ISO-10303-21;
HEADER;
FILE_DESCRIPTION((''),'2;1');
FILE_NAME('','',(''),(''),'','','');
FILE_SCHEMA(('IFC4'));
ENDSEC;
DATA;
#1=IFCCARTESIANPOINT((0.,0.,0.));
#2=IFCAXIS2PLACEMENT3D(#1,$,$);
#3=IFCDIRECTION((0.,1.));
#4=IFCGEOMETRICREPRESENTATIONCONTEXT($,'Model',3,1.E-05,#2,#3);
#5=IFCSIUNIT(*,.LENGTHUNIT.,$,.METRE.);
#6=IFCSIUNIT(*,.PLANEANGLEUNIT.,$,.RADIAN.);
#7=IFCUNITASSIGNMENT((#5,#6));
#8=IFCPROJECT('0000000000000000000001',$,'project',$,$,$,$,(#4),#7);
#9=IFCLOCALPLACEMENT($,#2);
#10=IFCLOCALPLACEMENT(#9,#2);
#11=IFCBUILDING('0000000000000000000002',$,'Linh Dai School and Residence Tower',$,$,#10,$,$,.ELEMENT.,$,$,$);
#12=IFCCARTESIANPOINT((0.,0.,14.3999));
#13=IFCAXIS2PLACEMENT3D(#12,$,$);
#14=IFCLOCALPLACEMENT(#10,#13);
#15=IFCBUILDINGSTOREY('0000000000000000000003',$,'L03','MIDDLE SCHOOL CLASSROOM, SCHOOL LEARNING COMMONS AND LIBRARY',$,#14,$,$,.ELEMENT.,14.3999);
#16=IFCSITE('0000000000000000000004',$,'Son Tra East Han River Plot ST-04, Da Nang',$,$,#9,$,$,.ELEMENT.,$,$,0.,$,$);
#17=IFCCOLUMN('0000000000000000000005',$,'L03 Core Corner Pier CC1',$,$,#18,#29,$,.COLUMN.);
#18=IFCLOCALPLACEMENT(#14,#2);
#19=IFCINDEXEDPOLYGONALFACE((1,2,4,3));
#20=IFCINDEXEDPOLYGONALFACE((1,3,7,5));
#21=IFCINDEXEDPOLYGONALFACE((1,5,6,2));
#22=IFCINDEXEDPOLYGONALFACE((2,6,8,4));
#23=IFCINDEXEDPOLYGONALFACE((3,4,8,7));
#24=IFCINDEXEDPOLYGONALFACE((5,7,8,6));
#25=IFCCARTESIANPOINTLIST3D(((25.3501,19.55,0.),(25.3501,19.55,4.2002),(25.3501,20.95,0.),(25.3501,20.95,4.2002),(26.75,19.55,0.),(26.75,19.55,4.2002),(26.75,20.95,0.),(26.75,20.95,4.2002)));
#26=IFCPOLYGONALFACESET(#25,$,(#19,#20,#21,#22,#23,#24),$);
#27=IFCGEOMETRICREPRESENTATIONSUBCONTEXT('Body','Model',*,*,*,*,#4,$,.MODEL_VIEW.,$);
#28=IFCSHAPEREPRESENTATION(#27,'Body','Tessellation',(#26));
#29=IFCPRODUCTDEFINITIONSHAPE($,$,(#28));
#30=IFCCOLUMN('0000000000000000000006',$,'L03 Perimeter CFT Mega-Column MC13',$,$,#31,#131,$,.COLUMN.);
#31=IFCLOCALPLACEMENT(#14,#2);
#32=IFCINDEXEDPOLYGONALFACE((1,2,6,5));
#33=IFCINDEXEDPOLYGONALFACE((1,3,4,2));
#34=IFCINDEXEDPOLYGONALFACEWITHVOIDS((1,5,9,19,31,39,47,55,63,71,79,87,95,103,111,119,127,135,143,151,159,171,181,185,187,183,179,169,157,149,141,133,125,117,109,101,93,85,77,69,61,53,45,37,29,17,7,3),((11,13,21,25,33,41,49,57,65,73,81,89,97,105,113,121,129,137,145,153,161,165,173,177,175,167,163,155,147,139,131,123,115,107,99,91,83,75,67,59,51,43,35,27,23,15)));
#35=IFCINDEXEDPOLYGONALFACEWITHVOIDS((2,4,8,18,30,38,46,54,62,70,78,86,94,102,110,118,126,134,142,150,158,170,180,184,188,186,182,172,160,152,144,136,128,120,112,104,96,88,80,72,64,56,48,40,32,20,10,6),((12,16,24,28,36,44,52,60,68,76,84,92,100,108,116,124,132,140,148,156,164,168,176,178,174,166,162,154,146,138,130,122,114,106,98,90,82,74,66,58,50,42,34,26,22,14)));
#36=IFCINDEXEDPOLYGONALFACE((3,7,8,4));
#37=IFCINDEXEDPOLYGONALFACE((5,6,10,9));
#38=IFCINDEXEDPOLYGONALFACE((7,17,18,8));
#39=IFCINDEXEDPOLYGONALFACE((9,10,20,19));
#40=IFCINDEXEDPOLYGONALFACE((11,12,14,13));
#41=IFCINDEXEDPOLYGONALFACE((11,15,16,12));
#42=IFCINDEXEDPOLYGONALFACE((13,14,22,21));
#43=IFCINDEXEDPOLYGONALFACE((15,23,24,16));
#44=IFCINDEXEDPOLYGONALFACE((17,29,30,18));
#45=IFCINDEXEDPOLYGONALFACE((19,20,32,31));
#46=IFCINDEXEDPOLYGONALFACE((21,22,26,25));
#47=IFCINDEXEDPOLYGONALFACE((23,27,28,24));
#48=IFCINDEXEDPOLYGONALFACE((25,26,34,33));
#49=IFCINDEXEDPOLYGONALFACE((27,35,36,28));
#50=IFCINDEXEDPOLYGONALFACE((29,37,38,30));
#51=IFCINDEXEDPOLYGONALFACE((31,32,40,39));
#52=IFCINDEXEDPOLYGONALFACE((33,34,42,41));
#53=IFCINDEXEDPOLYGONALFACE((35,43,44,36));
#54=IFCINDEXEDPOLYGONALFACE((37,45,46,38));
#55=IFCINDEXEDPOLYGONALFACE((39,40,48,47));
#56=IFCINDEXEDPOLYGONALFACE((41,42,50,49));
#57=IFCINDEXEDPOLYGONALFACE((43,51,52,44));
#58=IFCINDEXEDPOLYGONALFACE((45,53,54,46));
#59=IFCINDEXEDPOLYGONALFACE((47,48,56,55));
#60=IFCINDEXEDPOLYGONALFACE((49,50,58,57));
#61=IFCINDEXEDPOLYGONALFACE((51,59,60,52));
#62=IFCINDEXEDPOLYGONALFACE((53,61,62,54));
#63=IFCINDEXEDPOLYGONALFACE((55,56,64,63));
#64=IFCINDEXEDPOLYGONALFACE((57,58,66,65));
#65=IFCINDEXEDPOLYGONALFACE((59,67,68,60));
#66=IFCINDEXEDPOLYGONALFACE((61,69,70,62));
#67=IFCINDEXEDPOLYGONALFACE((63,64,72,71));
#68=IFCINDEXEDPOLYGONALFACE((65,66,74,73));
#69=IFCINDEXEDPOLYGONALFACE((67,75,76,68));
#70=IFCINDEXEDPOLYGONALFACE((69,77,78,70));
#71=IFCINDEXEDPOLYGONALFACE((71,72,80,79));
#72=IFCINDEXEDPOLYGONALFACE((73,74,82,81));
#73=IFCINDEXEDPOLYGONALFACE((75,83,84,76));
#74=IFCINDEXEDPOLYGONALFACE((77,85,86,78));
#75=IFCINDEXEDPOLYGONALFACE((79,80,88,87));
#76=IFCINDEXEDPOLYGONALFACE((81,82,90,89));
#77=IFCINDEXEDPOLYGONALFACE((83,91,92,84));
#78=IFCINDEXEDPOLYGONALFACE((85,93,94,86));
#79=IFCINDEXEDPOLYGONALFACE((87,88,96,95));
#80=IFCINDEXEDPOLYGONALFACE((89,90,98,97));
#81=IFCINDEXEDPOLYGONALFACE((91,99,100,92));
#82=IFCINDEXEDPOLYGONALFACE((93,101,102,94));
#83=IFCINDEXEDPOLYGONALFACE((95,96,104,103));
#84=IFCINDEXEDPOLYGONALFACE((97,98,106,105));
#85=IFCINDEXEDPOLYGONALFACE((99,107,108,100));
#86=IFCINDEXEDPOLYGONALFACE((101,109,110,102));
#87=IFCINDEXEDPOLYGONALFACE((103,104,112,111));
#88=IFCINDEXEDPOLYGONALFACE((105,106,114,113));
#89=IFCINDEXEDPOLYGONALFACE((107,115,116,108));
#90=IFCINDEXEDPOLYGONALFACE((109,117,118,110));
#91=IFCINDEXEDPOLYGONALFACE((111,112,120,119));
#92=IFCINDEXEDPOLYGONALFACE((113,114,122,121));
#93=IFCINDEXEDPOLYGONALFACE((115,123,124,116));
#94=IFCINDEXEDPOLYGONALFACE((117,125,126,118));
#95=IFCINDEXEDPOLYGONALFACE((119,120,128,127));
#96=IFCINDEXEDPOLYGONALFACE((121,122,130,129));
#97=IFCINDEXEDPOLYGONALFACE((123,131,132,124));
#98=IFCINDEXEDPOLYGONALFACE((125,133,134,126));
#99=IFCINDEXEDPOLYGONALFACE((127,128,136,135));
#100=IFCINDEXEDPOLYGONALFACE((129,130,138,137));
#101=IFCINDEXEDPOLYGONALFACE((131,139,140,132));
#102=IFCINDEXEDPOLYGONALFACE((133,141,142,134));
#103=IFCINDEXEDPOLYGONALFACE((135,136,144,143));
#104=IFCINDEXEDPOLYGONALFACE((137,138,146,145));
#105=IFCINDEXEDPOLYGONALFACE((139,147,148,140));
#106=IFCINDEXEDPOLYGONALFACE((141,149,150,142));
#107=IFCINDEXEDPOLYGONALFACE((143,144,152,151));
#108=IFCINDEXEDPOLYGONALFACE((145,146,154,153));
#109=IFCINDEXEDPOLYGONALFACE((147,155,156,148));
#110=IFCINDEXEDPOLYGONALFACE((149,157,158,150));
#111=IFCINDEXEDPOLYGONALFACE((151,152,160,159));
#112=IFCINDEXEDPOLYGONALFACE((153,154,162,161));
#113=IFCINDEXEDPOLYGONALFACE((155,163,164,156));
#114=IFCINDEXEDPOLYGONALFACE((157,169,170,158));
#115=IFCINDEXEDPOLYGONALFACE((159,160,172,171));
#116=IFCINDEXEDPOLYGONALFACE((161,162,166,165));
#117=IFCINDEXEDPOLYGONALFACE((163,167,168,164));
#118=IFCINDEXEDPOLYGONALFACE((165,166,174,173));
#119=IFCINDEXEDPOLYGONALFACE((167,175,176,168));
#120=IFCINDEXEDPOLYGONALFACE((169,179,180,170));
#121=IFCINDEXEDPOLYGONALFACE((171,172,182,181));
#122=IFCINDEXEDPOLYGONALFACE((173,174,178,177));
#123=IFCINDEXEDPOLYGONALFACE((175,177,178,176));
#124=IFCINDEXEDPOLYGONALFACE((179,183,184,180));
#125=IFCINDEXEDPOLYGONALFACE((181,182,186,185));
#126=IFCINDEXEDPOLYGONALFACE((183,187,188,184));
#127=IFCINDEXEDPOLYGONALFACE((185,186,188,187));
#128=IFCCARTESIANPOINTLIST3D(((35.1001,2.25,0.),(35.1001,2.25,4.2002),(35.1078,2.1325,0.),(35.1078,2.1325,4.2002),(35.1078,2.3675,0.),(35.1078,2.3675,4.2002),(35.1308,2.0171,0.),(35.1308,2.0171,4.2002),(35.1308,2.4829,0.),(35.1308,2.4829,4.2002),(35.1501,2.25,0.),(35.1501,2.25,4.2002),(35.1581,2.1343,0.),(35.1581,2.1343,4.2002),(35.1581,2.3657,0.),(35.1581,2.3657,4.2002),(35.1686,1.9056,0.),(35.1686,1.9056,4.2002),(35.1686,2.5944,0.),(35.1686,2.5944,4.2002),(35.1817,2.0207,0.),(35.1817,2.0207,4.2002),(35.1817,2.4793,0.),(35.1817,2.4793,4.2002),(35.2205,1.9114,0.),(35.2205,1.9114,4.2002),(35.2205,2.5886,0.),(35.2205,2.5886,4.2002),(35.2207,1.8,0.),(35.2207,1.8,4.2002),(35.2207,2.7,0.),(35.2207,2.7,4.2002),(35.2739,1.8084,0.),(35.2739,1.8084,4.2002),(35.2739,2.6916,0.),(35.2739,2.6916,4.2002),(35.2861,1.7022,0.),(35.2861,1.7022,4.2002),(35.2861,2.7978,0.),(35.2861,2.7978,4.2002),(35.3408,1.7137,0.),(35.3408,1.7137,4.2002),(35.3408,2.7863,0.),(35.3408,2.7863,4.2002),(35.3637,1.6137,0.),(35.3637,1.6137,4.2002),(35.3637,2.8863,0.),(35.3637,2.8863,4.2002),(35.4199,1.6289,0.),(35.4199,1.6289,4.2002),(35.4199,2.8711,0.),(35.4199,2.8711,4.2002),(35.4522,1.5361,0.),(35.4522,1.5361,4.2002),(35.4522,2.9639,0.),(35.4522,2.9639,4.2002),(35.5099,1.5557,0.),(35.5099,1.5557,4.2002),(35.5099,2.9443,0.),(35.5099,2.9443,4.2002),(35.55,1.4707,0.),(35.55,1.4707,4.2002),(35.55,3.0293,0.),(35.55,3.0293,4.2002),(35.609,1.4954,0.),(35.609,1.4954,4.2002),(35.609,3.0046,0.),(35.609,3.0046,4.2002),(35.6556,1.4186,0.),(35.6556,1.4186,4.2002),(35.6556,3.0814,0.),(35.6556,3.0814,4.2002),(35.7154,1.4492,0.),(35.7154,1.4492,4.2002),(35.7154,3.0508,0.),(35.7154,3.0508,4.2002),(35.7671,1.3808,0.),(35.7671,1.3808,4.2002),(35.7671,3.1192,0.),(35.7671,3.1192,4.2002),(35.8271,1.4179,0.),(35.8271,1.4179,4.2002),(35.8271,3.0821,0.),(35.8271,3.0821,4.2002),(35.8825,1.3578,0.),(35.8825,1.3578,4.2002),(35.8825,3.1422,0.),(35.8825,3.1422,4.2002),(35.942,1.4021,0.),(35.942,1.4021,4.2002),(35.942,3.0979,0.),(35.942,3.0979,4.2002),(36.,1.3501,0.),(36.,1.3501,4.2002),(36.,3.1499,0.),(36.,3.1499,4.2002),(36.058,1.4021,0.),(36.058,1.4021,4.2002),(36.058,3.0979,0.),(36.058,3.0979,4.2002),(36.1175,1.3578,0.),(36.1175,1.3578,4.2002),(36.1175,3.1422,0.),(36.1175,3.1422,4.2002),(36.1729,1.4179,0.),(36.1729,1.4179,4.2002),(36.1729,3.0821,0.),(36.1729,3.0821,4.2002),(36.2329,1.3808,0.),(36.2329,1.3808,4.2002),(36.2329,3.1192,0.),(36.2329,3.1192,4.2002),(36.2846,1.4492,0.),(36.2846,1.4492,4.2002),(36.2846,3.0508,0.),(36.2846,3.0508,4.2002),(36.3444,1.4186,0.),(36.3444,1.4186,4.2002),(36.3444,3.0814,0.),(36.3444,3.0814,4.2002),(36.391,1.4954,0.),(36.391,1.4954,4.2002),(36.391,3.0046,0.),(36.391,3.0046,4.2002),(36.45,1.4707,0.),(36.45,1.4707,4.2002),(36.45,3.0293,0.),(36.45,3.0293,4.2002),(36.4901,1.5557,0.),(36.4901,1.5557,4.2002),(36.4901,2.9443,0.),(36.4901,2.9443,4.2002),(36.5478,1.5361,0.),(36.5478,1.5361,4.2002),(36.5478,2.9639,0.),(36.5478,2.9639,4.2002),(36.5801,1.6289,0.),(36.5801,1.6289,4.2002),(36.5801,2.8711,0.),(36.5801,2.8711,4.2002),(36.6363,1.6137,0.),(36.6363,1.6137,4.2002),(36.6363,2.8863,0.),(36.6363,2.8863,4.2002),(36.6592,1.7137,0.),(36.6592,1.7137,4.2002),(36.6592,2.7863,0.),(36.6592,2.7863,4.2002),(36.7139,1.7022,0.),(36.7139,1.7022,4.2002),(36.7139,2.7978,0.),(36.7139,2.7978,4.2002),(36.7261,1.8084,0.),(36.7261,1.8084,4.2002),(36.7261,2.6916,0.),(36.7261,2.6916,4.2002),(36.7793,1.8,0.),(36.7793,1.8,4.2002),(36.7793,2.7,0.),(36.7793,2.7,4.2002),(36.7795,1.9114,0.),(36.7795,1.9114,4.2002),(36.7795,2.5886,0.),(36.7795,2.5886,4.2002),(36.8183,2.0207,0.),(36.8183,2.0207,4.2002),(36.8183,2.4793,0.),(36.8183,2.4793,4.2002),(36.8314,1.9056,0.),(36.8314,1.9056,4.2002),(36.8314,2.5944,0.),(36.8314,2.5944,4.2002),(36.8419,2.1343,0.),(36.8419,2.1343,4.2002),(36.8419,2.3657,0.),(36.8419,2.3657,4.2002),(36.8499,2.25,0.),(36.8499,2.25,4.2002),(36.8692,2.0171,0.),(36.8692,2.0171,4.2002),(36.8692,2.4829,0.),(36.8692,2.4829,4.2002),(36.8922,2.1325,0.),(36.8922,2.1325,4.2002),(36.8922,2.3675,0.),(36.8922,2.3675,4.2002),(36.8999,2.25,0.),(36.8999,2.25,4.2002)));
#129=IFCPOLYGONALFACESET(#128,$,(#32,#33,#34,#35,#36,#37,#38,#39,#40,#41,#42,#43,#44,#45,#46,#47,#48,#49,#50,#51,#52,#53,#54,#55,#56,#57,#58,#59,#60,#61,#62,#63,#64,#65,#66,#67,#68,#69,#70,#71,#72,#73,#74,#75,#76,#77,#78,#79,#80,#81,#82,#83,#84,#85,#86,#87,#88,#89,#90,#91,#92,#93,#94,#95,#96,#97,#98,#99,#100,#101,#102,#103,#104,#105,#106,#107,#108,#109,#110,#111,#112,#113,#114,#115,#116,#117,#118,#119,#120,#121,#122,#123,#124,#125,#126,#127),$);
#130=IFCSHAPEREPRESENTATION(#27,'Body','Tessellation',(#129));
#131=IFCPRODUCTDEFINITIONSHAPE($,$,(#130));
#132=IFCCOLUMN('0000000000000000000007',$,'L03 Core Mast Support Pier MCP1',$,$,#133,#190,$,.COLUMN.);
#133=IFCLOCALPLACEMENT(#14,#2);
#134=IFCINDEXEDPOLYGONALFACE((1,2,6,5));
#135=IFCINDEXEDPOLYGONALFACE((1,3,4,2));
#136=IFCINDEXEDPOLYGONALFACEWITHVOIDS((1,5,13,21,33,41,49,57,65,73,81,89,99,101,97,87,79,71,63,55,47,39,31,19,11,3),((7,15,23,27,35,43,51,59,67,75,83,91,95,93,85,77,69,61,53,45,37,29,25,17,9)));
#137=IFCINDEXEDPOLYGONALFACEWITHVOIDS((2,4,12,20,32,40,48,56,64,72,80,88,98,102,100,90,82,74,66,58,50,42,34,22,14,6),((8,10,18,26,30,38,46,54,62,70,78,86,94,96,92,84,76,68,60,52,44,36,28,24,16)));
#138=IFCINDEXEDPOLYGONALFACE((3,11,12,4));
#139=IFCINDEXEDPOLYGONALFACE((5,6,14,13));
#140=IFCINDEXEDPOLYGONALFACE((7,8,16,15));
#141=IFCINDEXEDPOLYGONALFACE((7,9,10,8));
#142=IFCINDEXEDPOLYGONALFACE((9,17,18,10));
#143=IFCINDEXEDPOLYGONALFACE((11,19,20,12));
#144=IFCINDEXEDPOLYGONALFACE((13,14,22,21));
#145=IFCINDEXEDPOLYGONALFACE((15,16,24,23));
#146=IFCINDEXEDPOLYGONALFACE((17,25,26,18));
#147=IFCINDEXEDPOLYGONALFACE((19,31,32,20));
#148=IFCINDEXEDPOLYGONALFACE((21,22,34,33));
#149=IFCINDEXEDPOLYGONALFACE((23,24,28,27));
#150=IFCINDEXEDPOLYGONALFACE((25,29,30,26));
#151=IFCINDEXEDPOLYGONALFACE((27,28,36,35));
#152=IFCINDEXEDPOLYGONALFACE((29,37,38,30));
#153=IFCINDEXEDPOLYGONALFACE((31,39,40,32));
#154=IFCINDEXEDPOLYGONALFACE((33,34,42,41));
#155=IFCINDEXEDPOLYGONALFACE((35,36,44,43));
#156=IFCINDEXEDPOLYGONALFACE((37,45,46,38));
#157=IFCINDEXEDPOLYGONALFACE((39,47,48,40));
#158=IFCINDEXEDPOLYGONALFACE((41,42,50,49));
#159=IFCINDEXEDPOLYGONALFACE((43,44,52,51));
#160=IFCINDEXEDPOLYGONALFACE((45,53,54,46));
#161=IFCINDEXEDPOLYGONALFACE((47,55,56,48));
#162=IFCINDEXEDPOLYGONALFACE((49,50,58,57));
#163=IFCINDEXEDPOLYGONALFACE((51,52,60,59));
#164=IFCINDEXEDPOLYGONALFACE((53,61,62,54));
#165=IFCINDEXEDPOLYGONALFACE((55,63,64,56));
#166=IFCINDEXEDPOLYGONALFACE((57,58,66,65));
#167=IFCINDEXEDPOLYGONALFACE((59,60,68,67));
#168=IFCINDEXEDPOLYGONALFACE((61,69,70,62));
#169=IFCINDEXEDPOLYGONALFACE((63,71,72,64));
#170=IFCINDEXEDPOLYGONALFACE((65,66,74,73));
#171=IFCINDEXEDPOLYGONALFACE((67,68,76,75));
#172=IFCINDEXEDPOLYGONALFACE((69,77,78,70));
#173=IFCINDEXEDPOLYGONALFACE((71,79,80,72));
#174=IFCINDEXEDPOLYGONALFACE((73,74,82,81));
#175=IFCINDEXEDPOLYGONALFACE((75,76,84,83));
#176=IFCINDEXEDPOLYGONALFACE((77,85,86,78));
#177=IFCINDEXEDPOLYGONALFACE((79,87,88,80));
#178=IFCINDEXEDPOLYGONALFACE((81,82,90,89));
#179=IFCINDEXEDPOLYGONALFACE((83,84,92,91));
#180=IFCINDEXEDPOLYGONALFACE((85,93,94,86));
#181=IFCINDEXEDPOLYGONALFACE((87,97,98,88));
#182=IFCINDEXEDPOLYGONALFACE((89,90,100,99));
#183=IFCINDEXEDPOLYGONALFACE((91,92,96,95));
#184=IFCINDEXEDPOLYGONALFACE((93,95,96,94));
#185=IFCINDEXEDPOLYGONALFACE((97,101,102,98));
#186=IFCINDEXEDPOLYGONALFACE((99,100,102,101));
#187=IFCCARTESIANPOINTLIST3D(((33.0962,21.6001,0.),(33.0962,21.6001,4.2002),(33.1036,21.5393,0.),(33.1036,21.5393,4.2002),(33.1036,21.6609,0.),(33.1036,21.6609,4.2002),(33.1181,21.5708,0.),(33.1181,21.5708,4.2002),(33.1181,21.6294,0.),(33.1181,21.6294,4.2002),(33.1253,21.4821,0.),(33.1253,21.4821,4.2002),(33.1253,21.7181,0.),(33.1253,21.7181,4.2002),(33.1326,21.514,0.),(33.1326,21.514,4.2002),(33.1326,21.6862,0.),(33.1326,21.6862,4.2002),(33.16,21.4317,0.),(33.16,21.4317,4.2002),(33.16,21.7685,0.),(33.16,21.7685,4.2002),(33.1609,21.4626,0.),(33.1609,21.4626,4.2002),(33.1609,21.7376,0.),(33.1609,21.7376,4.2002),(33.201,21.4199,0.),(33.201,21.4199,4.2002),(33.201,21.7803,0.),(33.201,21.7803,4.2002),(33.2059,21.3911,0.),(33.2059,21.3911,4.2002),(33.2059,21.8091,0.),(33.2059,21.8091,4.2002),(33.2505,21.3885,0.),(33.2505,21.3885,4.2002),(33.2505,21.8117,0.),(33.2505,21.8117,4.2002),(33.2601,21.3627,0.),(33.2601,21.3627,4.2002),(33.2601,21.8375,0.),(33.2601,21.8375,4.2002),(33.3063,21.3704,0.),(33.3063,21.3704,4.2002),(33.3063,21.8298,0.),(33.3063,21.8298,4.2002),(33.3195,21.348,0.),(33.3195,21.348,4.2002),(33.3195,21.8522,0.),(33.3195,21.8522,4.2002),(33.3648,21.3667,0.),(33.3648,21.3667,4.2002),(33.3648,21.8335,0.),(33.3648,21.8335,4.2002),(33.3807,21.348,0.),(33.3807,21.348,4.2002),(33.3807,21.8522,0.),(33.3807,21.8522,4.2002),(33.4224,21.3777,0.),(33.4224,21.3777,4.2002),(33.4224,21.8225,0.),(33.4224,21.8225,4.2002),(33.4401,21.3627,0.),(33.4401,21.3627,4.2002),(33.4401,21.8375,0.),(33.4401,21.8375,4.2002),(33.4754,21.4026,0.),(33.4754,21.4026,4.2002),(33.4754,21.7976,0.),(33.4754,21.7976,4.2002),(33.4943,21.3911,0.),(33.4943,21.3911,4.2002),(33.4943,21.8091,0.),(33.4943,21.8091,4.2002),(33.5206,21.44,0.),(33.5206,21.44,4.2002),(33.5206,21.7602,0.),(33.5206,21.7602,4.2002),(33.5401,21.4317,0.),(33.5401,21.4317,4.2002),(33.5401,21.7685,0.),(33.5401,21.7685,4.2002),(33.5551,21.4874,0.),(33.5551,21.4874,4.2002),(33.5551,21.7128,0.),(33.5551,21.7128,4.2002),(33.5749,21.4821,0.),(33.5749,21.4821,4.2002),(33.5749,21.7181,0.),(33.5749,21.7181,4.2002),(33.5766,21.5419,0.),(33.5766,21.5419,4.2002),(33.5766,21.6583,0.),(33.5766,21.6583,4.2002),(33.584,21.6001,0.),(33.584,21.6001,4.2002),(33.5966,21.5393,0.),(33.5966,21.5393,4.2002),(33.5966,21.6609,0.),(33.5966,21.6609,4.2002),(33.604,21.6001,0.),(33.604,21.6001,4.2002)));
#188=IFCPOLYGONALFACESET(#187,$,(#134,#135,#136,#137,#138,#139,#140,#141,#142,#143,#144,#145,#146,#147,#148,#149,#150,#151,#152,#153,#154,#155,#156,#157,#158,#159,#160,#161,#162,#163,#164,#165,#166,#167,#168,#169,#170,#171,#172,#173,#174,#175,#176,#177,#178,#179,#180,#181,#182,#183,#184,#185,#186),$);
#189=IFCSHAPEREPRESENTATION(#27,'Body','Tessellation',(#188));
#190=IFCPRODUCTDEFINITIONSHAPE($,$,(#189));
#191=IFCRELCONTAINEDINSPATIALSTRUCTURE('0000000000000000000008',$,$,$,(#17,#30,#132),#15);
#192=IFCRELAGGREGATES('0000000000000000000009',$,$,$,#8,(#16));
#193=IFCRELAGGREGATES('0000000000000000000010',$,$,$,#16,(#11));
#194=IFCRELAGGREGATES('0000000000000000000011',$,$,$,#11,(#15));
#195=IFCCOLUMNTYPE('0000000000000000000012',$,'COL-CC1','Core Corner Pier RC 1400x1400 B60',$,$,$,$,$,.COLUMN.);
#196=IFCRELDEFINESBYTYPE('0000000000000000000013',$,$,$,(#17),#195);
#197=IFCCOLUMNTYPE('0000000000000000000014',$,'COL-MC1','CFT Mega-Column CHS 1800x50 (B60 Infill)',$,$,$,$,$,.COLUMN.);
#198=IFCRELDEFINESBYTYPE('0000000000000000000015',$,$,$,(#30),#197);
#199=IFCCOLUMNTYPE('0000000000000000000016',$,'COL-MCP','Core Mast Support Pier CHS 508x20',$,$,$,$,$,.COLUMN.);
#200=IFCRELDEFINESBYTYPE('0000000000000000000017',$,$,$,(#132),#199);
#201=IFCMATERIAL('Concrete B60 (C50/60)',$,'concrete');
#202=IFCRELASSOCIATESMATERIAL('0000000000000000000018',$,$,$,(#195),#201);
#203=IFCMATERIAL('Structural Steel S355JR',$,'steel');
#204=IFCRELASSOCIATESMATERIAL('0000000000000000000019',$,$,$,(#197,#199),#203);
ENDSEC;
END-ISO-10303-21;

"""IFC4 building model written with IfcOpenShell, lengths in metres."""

from ifc_helpers import new_model, si_unit, direction, frame, origin, origin_2d, place, context, subcontext, project, spatial, rectangle, hollow_circle, extrude, material, material_profile, profile_set, type_object, element, save


model = new_model("IFC4")

# Units and contexts
model_context = context("Model", 3, precision=1e-05, world=origin(), true_north=direction((0.0, 1.0)))
body_context = subcontext(model_context, "Body", "Model", "MODEL_VIEW")
ifc_project = project(units=[si_unit("LENGTHUNIT", "METRE"), si_unit("PLANEANGLEUNIT", "RADIAN")], contexts=[model_context])

# Site, building, storey
site_placement = place(None, origin())
site = spatial("IfcSite", under=ifc_project, at=site_placement, Name="Son Tra East Han River Plot ST-04, Da Nang", CompositionType="ELEMENT", RefElevation=0.0)
building_placement = place(site_placement, origin())
building = spatial("IfcBuilding", under=site, at=building_placement, Name="Linh Dai School and Residence Tower", CompositionType="ELEMENT")
storey_placement = place(building_placement, frame((0.0, 0.0, 14.3999)))
storey = spatial("IfcBuildingStorey", under=building, at=storey_placement, Name="L03", Description="MIDDLE SCHOOL CLASSROOM, SCHOOL LEARNING COMMONS AND LIBRARY", CompositionType="ELEMENT", Elevation=14.3999)

# Columns
ifc_material_1 = material(Name="Concrete B60 (C50/60)", Category="concrete")
ifc_material_profile_1 = material_profile(ifc_material_1, rectangle(XDim=1.3999, YDim=1.3999, at=origin_2d()), Name="RC 1400x1400")
ifc_profile_set_1 = profile_set([ifc_material_profile_1], Name="Concrete B60 (C50/60)")
column_type_1 = type_object("IfcColumnType", Name="COL-CC1", Description="Core Corner Pier RC 1400x1400 B60", PredefinedType="COLUMN", material=ifc_profile_set_1)
column_1_placement = place(storey_placement, frame((26.05, 20.25, 0.0), z_axis=(0.0, 0.0, 1.0), x_axis=(1.0, 0.0, 0.0)))
element("IfcColumn", 1, at=column_1_placement, inside=storey, type_object=column_type_1, Name="L03 Core Corner Pier CC1", PredefinedType="COLUMN", context=body_context, shape_type="SweptSolid", body=[
    extrude(rectangle(XDim=1.3999, YDim=1.3999, at=origin_2d()), origin(), (0.0, 0.0, 1.0), 4.2002),
])
ifc_material_2 = material(Name="Structural Steel S355JR", Category="steel")
ifc_material_profile_2 = material_profile(ifc_material_2, hollow_circle(Radius=0.8999, WallThickness=0.05, at=origin_2d()), Name="CHS 1800x50")
ifc_profile_set_2 = profile_set([ifc_material_profile_2], Name="Structural Steel S355JR")
column_type_2 = type_object("IfcColumnType", Name="COL-MC1", Description="CFT Mega-Column CHS 1800x50 (B60 Infill)", PredefinedType="COLUMN", material=ifc_profile_set_2)
column_2_placement = place(storey_placement, frame((36.0, 2.25, 0.0), z_axis=(0.0, 0.0, 1.0), x_axis=(1.0, 0.0, 0.0)))
element("IfcColumn", 2, at=column_2_placement, inside=storey, type_object=column_type_2, Name="L03 Perimeter CFT Mega-Column MC13", PredefinedType="COLUMN", context=body_context, shape_type="SweptSolid", body=[
    extrude(hollow_circle(Radius=0.8999, WallThickness=0.05, at=origin_2d()), origin(), (0.0, 0.0, 1.0), 4.2002),
])
ifc_material_profile_3 = material_profile(ifc_material_2, hollow_circle(Radius=0.2539, WallThickness=0.02, at=origin_2d()), Name="CHS 508x20")
ifc_profile_set_3 = profile_set([ifc_material_profile_3], Name="Structural Steel S355JR")
column_type_3 = type_object("IfcColumnType", Name="COL-MCP", Description="Core Mast Support Pier CHS 508x20", PredefinedType="COLUMN", material=ifc_profile_set_3)
column_3_placement = place(storey_placement, frame((33.3501, 21.6001, 0.0), z_axis=(0.0, 0.0, 1.0), x_axis=(1.0, 0.0, 0.0)))
element("IfcColumn", 3, at=column_3_placement, inside=storey, type_object=column_type_3, Name="L03 Core Mast Support Pier MCP1", PredefinedType="COLUMN", context=body_context, shape_type="SweptSolid", body=[
    extrude(hollow_circle(Radius=0.2539, WallThickness=0.02, at=origin_2d()), origin(), (0.0, 0.0, 1.0), 4.2002),
])

save(model, "model.ifc")
